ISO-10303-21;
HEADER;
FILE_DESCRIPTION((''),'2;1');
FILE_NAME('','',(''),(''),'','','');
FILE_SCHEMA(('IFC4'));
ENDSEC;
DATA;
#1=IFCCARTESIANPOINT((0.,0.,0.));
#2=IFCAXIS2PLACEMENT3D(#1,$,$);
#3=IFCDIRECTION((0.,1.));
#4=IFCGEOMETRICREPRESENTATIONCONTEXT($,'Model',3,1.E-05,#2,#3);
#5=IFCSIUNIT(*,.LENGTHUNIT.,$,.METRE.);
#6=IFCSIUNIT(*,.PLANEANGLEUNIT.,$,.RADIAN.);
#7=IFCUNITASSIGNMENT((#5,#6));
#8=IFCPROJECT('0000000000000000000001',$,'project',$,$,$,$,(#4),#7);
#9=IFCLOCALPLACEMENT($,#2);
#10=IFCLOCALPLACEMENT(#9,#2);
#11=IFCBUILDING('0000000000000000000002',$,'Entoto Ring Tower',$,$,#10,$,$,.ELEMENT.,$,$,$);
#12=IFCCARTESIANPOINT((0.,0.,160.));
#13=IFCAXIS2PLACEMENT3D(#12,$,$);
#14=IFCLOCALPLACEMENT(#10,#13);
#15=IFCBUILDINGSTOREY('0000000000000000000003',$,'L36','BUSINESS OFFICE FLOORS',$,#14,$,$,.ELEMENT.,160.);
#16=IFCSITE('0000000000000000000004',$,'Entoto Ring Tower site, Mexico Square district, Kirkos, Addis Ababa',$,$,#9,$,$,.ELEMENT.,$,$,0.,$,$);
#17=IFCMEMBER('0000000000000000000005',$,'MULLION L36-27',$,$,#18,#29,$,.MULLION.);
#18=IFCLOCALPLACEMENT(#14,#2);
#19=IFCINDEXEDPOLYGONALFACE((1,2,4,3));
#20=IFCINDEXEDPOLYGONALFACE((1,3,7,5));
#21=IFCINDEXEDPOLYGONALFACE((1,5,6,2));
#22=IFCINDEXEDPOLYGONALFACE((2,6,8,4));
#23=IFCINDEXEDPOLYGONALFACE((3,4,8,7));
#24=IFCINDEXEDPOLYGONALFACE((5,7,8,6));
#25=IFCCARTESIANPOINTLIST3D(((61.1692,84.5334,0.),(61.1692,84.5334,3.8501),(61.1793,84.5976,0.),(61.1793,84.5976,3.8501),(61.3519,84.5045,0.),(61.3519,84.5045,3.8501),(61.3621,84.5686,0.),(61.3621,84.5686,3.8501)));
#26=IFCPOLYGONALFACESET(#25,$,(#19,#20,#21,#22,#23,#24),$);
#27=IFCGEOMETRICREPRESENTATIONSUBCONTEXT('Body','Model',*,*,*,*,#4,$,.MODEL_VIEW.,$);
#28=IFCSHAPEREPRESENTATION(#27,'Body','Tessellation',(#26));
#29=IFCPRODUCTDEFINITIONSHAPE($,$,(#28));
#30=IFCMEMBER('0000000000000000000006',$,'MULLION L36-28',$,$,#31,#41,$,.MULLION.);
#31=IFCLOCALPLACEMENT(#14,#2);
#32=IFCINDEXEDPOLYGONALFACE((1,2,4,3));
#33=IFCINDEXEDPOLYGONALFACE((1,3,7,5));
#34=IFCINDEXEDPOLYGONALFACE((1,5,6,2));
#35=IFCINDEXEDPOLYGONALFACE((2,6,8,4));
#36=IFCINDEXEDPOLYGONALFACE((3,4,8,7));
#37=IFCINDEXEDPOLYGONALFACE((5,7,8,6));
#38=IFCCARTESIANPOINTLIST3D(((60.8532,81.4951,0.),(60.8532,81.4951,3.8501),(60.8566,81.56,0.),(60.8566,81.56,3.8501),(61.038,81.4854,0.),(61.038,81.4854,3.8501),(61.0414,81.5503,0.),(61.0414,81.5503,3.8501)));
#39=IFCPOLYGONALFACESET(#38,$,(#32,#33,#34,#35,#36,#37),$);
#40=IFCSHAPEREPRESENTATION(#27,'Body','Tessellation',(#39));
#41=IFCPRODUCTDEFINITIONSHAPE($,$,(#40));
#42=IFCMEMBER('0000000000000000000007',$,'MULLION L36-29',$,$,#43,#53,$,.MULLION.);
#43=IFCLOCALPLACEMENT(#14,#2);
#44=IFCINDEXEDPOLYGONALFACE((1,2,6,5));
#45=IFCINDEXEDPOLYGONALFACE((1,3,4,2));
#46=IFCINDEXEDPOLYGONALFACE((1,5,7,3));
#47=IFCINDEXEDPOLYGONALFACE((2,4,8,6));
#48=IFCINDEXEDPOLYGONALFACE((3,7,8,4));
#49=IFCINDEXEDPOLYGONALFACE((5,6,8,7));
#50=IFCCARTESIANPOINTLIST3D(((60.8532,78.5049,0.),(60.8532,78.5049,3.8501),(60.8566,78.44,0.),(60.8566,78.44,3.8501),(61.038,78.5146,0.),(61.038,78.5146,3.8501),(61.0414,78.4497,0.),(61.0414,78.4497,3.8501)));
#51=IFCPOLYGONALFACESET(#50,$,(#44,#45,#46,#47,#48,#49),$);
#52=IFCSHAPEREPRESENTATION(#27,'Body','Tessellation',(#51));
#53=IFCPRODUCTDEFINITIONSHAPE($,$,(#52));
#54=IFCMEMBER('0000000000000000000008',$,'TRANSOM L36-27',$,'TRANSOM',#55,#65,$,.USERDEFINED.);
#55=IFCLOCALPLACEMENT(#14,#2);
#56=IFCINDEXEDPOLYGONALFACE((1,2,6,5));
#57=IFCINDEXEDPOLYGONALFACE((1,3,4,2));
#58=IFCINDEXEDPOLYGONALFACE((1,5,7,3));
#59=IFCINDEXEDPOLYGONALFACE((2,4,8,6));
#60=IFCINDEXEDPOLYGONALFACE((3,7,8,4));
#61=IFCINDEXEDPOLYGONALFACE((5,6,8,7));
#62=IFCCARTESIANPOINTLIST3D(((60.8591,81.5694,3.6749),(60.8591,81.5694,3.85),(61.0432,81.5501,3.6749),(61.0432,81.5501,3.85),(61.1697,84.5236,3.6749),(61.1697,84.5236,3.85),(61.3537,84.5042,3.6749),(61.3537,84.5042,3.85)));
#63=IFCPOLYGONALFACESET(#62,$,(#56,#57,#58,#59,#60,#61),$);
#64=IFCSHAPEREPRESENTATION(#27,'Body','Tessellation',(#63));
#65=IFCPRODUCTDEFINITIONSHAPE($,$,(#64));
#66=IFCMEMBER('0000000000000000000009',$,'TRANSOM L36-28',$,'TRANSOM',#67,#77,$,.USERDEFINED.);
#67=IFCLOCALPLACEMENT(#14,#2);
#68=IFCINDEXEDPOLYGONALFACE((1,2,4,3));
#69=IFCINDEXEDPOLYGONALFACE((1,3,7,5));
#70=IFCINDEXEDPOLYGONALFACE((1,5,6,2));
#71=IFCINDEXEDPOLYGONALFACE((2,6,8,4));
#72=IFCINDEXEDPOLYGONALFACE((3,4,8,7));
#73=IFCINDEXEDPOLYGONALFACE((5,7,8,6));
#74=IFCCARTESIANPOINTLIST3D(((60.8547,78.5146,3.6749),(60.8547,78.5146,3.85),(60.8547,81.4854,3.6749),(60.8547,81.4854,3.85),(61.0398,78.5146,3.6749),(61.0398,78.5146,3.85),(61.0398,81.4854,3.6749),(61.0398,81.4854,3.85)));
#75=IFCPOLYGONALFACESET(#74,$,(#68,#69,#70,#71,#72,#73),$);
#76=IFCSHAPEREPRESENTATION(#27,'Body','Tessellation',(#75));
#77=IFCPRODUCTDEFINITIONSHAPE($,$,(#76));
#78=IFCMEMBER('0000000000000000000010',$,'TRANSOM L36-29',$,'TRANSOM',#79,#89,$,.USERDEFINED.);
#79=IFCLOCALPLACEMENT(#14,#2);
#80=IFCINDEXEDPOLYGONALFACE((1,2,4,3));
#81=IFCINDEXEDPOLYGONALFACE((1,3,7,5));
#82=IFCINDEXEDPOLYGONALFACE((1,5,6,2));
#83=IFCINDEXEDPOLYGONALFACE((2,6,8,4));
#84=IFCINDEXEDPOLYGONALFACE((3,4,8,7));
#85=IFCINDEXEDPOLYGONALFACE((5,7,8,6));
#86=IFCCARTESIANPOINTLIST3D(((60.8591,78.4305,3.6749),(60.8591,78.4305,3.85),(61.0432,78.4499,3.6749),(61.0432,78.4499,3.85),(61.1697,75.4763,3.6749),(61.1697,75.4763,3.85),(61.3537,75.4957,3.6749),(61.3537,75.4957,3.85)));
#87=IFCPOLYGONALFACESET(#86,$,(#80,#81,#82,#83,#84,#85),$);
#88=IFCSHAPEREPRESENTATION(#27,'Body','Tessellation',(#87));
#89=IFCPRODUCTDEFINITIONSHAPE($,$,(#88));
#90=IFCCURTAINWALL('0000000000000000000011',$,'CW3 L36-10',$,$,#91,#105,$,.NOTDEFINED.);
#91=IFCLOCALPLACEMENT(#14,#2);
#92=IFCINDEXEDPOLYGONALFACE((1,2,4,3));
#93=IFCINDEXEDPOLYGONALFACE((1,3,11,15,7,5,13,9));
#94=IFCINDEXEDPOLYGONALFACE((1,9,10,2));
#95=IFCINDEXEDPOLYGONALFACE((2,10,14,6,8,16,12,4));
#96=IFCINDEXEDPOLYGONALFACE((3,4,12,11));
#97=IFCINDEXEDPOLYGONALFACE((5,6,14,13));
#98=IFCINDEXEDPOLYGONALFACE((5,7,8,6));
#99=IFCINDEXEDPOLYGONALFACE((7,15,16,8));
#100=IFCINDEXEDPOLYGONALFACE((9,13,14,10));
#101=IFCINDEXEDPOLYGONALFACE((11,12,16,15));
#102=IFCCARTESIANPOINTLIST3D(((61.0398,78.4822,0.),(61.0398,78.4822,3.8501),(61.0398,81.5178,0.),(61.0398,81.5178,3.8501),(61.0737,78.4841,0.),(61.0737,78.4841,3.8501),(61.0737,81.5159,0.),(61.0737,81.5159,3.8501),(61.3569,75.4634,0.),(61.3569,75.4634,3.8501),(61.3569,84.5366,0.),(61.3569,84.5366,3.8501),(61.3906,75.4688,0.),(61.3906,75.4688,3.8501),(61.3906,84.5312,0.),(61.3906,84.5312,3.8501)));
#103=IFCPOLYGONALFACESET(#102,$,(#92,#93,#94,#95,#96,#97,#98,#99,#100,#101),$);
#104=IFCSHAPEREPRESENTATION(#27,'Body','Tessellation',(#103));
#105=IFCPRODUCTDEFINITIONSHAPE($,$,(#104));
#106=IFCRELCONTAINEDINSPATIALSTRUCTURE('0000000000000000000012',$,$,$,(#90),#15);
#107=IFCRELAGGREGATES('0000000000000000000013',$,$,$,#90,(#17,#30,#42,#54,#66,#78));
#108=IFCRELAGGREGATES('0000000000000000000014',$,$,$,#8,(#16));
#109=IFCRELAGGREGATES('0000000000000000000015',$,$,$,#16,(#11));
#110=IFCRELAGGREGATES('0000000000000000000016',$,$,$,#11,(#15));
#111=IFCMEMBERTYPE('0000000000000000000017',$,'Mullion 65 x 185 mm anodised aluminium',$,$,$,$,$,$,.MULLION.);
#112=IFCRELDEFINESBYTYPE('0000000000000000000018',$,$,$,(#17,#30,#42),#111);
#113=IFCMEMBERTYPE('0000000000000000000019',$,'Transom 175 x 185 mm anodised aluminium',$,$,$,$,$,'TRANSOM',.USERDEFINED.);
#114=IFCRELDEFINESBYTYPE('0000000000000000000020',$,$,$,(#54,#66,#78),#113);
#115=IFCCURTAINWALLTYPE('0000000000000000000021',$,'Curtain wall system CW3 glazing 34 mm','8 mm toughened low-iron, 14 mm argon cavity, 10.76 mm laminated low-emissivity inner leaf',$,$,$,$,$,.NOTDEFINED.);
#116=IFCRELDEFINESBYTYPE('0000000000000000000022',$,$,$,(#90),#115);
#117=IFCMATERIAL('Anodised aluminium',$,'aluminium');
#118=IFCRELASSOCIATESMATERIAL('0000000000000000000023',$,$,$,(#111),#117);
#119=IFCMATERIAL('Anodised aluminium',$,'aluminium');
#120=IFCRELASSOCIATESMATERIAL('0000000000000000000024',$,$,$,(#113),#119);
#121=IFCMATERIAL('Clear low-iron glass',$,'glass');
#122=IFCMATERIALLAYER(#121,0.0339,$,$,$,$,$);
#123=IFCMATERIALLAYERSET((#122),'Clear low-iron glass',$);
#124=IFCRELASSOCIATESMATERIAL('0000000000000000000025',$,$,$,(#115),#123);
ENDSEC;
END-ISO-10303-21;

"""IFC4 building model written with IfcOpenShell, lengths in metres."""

from ifc_helpers import new_model, si_unit, direction, frame, origin, origin_2d, place, context, subcontext, project, spatial, polyline, rectangle, outline, extrude, material, layer, layer_set, material_profile, profile_set, type_object, element, aggregate, save


model = new_model("IFC4")

# Units and contexts
model_context = context("Model", 3, precision=1e-05, world=origin(), true_north=direction((0.0, 1.0)))
body_context = subcontext(model_context, "Body", "Model", "MODEL_VIEW")
ifc_project = project(units=[si_unit("LENGTHUNIT", "METRE"), si_unit("PLANEANGLEUNIT", "RADIAN")], contexts=[model_context])

# Members
ifc_material_1 = material(Name="Anodised aluminium", Category="aluminium")
ifc_material_profile_1 = material_profile(ifc_material_1, rectangle(XDim=0.0649, YDim=0.1851, at=origin_2d()), Name="Mullion 65 x 185 mm anodised aluminium")
ifc_profile_set_1 = profile_set([ifc_material_profile_1], Name="Anodised aluminium")
member_type_1 = type_object("IfcMemberType", Name="Mullion 65 x 185 mm anodised aluminium", PredefinedType="MULLION", material=ifc_profile_set_1)
site_placement = place(None, origin())
building_placement = place(site_placement, origin())
storey_placement = place(building_placement, frame((0.0, 0.0, 160.0)))
member_1_placement = place(storey_placement, frame((61.2656, 84.551, 0.0), z_axis=(0.0, 0.0, 1.0), x_axis=(-0.156434, -0.987688, 0.0)))
member_1 = element("IfcMember", 1, at=member_1_placement, type_object=member_type_1, Name="MULLION L36-27", PredefinedType="MULLION", context=body_context, shape_type="SweptSolid", body=[
    extrude(rectangle(XDim=0.0649, YDim=0.1851, at=origin_2d()), origin(), (0.0, 0.0, 1.0), 3.8501),
])
member_2_placement = place(storey_placement, frame((60.9473, 81.5227, 0.0), z_axis=(0.0, 0.0, 1.0), x_axis=(-0.052336, -0.99863, 0.0)))
member_2 = element("IfcMember", 2, at=member_2_placement, type_object=member_type_1, Name="MULLION L36-28", PredefinedType="MULLION", context=body_context, shape_type="SweptSolid", body=[
    extrude(rectangle(XDim=0.0649, YDim=0.1851, at=origin_2d()), origin(), (0.0, 0.0, 1.0), 3.8501),
])
member_3_placement = place(storey_placement, frame((60.9473, 78.4773, 0.0), z_axis=(0.0, 0.0, 1.0), x_axis=(0.052336, -0.99863, 0.0)))
member_3 = element("IfcMember", 3, at=member_3_placement, type_object=member_type_1, Name="MULLION L36-29", PredefinedType="MULLION", context=body_context, shape_type="SweptSolid", body=[
    extrude(rectangle(XDim=0.0649, YDim=0.1851, at=origin_2d()), origin(), (0.0, 0.0, 1.0), 3.8501),
])
ifc_material_2 = material(Name="Anodised aluminium", Category="aluminium")
ifc_material_profile_2 = material_profile(ifc_material_2, rectangle(XDim=0.1851, YDim=0.175, at=origin_2d()), Name="Transom 175 x 185 mm anodised aluminium")
ifc_profile_set_2 = profile_set([ifc_material_profile_2], Name="Anodised aluminium")
member_type_2 = type_object("IfcMemberType", Name="Transom 175 x 185 mm anodised aluminium", ElementType="TRANSOM", PredefinedType="USERDEFINED", material=ifc_profile_set_2)
member_4_placement = place(storey_placement, frame((61.2617, 84.5139, 3.7625), z_axis=(-0.104548, -0.99452, 0.0), x_axis=(0.99452, -0.104548, 0.0)))
member_4 = element("IfcMember", 4, at=member_4_placement, type_object=member_type_2, Name="TRANSOM L36-27", ObjectType="TRANSOM", PredefinedType="USERDEFINED", context=body_context, shape_type="SweptSolid", body=[
    extrude(rectangle(XDim=0.1851, YDim=0.175, at=origin_2d()), origin(), (0.0, 0.0, 1.0), 2.9705),
])
member_5_placement = place(storey_placement, frame((60.9473, 81.4854, 3.7625), z_axis=(0.0, -1.0, 0.0), x_axis=(1.0, 0.0, 0.0)))
member_5 = element("IfcMember", 5, at=member_5_placement, type_object=member_type_2, Name="TRANSOM L36-28", ObjectType="TRANSOM", PredefinedType="USERDEFINED", context=body_context, shape_type="SweptSolid", body=[
    extrude(rectangle(XDim=0.1851, YDim=0.175, at=origin_2d()), origin(), (0.0, 0.0, 1.0), 2.9707),
])
member_6_placement = place(storey_placement, frame((60.9512, 78.4402, 3.7625), z_axis=(0.104548, -0.99452, 0.0), x_axis=(0.99452, 0.104548, 0.0)))
member_6 = element("IfcMember", 6, at=member_6_placement, type_object=member_type_2, Name="TRANSOM L36-29", ObjectType="TRANSOM", PredefinedType="USERDEFINED", context=body_context, shape_type="SweptSolid", body=[
    extrude(rectangle(XDim=0.1851, YDim=0.175, at=origin_2d()), origin(), (0.0, 0.0, 1.0), 2.9705),
])

# Site, building, storey
site = spatial("IfcSite", under=ifc_project, at=site_placement, Name="Entoto Ring Tower site, Mexico Square district, Kirkos, Addis Ababa", CompositionType="ELEMENT", RefElevation=0.0)
building = spatial("IfcBuilding", under=site, at=building_placement, Name="Entoto Ring Tower", CompositionType="ELEMENT")
storey = spatial("IfcBuildingStorey", under=building, at=storey_placement, Name="L36", Description="BUSINESS OFFICE FLOORS", CompositionType="ELEMENT", Elevation=160.0)

# Curtain wall
ifc_material_3 = material(Name="Clear low-iron glass", Category="glass")
ifc_layer = layer(ifc_material_3, 0.0339)
ifc_layer_set = layer_set([ifc_layer], Name="Clear low-iron glass")
curtain_wall_type = type_object("IfcCurtainWallType", Name="Curtain wall system CW3 glazing 34 mm", Description="8 mm toughened low-iron, 14 mm argon cavity, 10.76 mm laminated low-emissivity inner leaf", PredefinedType="NOTDEFINED", material=ifc_layer_set)
curtain_wall_1_placement = place(storey_placement, origin())
curtain_wall_1 = element("IfcCurtainWall", 7, at=curtain_wall_1_placement, inside=storey, type_object=curtain_wall_type, Name="CW3 L36-10", PredefinedType="NOTDEFINED", context=body_context, shape_type="SweptSolid", body=[
    extrude(outline(polyline([(61.3569, 84.5366), (61.0398, 81.5178), (61.0398, 78.4822), (61.3569, 75.4634), (61.3906, 75.4688), (61.0737, 78.4841), (61.0737, 81.5159), (61.3906, 84.5312), (61.3569, 84.5366)])), origin(), (0.0, 0.0, 1.0), 3.8501),
])
aggregate(curtain_wall_1, [member_1, member_2, member_3, member_4, member_5, member_6])

save(model, "model.ifc")
